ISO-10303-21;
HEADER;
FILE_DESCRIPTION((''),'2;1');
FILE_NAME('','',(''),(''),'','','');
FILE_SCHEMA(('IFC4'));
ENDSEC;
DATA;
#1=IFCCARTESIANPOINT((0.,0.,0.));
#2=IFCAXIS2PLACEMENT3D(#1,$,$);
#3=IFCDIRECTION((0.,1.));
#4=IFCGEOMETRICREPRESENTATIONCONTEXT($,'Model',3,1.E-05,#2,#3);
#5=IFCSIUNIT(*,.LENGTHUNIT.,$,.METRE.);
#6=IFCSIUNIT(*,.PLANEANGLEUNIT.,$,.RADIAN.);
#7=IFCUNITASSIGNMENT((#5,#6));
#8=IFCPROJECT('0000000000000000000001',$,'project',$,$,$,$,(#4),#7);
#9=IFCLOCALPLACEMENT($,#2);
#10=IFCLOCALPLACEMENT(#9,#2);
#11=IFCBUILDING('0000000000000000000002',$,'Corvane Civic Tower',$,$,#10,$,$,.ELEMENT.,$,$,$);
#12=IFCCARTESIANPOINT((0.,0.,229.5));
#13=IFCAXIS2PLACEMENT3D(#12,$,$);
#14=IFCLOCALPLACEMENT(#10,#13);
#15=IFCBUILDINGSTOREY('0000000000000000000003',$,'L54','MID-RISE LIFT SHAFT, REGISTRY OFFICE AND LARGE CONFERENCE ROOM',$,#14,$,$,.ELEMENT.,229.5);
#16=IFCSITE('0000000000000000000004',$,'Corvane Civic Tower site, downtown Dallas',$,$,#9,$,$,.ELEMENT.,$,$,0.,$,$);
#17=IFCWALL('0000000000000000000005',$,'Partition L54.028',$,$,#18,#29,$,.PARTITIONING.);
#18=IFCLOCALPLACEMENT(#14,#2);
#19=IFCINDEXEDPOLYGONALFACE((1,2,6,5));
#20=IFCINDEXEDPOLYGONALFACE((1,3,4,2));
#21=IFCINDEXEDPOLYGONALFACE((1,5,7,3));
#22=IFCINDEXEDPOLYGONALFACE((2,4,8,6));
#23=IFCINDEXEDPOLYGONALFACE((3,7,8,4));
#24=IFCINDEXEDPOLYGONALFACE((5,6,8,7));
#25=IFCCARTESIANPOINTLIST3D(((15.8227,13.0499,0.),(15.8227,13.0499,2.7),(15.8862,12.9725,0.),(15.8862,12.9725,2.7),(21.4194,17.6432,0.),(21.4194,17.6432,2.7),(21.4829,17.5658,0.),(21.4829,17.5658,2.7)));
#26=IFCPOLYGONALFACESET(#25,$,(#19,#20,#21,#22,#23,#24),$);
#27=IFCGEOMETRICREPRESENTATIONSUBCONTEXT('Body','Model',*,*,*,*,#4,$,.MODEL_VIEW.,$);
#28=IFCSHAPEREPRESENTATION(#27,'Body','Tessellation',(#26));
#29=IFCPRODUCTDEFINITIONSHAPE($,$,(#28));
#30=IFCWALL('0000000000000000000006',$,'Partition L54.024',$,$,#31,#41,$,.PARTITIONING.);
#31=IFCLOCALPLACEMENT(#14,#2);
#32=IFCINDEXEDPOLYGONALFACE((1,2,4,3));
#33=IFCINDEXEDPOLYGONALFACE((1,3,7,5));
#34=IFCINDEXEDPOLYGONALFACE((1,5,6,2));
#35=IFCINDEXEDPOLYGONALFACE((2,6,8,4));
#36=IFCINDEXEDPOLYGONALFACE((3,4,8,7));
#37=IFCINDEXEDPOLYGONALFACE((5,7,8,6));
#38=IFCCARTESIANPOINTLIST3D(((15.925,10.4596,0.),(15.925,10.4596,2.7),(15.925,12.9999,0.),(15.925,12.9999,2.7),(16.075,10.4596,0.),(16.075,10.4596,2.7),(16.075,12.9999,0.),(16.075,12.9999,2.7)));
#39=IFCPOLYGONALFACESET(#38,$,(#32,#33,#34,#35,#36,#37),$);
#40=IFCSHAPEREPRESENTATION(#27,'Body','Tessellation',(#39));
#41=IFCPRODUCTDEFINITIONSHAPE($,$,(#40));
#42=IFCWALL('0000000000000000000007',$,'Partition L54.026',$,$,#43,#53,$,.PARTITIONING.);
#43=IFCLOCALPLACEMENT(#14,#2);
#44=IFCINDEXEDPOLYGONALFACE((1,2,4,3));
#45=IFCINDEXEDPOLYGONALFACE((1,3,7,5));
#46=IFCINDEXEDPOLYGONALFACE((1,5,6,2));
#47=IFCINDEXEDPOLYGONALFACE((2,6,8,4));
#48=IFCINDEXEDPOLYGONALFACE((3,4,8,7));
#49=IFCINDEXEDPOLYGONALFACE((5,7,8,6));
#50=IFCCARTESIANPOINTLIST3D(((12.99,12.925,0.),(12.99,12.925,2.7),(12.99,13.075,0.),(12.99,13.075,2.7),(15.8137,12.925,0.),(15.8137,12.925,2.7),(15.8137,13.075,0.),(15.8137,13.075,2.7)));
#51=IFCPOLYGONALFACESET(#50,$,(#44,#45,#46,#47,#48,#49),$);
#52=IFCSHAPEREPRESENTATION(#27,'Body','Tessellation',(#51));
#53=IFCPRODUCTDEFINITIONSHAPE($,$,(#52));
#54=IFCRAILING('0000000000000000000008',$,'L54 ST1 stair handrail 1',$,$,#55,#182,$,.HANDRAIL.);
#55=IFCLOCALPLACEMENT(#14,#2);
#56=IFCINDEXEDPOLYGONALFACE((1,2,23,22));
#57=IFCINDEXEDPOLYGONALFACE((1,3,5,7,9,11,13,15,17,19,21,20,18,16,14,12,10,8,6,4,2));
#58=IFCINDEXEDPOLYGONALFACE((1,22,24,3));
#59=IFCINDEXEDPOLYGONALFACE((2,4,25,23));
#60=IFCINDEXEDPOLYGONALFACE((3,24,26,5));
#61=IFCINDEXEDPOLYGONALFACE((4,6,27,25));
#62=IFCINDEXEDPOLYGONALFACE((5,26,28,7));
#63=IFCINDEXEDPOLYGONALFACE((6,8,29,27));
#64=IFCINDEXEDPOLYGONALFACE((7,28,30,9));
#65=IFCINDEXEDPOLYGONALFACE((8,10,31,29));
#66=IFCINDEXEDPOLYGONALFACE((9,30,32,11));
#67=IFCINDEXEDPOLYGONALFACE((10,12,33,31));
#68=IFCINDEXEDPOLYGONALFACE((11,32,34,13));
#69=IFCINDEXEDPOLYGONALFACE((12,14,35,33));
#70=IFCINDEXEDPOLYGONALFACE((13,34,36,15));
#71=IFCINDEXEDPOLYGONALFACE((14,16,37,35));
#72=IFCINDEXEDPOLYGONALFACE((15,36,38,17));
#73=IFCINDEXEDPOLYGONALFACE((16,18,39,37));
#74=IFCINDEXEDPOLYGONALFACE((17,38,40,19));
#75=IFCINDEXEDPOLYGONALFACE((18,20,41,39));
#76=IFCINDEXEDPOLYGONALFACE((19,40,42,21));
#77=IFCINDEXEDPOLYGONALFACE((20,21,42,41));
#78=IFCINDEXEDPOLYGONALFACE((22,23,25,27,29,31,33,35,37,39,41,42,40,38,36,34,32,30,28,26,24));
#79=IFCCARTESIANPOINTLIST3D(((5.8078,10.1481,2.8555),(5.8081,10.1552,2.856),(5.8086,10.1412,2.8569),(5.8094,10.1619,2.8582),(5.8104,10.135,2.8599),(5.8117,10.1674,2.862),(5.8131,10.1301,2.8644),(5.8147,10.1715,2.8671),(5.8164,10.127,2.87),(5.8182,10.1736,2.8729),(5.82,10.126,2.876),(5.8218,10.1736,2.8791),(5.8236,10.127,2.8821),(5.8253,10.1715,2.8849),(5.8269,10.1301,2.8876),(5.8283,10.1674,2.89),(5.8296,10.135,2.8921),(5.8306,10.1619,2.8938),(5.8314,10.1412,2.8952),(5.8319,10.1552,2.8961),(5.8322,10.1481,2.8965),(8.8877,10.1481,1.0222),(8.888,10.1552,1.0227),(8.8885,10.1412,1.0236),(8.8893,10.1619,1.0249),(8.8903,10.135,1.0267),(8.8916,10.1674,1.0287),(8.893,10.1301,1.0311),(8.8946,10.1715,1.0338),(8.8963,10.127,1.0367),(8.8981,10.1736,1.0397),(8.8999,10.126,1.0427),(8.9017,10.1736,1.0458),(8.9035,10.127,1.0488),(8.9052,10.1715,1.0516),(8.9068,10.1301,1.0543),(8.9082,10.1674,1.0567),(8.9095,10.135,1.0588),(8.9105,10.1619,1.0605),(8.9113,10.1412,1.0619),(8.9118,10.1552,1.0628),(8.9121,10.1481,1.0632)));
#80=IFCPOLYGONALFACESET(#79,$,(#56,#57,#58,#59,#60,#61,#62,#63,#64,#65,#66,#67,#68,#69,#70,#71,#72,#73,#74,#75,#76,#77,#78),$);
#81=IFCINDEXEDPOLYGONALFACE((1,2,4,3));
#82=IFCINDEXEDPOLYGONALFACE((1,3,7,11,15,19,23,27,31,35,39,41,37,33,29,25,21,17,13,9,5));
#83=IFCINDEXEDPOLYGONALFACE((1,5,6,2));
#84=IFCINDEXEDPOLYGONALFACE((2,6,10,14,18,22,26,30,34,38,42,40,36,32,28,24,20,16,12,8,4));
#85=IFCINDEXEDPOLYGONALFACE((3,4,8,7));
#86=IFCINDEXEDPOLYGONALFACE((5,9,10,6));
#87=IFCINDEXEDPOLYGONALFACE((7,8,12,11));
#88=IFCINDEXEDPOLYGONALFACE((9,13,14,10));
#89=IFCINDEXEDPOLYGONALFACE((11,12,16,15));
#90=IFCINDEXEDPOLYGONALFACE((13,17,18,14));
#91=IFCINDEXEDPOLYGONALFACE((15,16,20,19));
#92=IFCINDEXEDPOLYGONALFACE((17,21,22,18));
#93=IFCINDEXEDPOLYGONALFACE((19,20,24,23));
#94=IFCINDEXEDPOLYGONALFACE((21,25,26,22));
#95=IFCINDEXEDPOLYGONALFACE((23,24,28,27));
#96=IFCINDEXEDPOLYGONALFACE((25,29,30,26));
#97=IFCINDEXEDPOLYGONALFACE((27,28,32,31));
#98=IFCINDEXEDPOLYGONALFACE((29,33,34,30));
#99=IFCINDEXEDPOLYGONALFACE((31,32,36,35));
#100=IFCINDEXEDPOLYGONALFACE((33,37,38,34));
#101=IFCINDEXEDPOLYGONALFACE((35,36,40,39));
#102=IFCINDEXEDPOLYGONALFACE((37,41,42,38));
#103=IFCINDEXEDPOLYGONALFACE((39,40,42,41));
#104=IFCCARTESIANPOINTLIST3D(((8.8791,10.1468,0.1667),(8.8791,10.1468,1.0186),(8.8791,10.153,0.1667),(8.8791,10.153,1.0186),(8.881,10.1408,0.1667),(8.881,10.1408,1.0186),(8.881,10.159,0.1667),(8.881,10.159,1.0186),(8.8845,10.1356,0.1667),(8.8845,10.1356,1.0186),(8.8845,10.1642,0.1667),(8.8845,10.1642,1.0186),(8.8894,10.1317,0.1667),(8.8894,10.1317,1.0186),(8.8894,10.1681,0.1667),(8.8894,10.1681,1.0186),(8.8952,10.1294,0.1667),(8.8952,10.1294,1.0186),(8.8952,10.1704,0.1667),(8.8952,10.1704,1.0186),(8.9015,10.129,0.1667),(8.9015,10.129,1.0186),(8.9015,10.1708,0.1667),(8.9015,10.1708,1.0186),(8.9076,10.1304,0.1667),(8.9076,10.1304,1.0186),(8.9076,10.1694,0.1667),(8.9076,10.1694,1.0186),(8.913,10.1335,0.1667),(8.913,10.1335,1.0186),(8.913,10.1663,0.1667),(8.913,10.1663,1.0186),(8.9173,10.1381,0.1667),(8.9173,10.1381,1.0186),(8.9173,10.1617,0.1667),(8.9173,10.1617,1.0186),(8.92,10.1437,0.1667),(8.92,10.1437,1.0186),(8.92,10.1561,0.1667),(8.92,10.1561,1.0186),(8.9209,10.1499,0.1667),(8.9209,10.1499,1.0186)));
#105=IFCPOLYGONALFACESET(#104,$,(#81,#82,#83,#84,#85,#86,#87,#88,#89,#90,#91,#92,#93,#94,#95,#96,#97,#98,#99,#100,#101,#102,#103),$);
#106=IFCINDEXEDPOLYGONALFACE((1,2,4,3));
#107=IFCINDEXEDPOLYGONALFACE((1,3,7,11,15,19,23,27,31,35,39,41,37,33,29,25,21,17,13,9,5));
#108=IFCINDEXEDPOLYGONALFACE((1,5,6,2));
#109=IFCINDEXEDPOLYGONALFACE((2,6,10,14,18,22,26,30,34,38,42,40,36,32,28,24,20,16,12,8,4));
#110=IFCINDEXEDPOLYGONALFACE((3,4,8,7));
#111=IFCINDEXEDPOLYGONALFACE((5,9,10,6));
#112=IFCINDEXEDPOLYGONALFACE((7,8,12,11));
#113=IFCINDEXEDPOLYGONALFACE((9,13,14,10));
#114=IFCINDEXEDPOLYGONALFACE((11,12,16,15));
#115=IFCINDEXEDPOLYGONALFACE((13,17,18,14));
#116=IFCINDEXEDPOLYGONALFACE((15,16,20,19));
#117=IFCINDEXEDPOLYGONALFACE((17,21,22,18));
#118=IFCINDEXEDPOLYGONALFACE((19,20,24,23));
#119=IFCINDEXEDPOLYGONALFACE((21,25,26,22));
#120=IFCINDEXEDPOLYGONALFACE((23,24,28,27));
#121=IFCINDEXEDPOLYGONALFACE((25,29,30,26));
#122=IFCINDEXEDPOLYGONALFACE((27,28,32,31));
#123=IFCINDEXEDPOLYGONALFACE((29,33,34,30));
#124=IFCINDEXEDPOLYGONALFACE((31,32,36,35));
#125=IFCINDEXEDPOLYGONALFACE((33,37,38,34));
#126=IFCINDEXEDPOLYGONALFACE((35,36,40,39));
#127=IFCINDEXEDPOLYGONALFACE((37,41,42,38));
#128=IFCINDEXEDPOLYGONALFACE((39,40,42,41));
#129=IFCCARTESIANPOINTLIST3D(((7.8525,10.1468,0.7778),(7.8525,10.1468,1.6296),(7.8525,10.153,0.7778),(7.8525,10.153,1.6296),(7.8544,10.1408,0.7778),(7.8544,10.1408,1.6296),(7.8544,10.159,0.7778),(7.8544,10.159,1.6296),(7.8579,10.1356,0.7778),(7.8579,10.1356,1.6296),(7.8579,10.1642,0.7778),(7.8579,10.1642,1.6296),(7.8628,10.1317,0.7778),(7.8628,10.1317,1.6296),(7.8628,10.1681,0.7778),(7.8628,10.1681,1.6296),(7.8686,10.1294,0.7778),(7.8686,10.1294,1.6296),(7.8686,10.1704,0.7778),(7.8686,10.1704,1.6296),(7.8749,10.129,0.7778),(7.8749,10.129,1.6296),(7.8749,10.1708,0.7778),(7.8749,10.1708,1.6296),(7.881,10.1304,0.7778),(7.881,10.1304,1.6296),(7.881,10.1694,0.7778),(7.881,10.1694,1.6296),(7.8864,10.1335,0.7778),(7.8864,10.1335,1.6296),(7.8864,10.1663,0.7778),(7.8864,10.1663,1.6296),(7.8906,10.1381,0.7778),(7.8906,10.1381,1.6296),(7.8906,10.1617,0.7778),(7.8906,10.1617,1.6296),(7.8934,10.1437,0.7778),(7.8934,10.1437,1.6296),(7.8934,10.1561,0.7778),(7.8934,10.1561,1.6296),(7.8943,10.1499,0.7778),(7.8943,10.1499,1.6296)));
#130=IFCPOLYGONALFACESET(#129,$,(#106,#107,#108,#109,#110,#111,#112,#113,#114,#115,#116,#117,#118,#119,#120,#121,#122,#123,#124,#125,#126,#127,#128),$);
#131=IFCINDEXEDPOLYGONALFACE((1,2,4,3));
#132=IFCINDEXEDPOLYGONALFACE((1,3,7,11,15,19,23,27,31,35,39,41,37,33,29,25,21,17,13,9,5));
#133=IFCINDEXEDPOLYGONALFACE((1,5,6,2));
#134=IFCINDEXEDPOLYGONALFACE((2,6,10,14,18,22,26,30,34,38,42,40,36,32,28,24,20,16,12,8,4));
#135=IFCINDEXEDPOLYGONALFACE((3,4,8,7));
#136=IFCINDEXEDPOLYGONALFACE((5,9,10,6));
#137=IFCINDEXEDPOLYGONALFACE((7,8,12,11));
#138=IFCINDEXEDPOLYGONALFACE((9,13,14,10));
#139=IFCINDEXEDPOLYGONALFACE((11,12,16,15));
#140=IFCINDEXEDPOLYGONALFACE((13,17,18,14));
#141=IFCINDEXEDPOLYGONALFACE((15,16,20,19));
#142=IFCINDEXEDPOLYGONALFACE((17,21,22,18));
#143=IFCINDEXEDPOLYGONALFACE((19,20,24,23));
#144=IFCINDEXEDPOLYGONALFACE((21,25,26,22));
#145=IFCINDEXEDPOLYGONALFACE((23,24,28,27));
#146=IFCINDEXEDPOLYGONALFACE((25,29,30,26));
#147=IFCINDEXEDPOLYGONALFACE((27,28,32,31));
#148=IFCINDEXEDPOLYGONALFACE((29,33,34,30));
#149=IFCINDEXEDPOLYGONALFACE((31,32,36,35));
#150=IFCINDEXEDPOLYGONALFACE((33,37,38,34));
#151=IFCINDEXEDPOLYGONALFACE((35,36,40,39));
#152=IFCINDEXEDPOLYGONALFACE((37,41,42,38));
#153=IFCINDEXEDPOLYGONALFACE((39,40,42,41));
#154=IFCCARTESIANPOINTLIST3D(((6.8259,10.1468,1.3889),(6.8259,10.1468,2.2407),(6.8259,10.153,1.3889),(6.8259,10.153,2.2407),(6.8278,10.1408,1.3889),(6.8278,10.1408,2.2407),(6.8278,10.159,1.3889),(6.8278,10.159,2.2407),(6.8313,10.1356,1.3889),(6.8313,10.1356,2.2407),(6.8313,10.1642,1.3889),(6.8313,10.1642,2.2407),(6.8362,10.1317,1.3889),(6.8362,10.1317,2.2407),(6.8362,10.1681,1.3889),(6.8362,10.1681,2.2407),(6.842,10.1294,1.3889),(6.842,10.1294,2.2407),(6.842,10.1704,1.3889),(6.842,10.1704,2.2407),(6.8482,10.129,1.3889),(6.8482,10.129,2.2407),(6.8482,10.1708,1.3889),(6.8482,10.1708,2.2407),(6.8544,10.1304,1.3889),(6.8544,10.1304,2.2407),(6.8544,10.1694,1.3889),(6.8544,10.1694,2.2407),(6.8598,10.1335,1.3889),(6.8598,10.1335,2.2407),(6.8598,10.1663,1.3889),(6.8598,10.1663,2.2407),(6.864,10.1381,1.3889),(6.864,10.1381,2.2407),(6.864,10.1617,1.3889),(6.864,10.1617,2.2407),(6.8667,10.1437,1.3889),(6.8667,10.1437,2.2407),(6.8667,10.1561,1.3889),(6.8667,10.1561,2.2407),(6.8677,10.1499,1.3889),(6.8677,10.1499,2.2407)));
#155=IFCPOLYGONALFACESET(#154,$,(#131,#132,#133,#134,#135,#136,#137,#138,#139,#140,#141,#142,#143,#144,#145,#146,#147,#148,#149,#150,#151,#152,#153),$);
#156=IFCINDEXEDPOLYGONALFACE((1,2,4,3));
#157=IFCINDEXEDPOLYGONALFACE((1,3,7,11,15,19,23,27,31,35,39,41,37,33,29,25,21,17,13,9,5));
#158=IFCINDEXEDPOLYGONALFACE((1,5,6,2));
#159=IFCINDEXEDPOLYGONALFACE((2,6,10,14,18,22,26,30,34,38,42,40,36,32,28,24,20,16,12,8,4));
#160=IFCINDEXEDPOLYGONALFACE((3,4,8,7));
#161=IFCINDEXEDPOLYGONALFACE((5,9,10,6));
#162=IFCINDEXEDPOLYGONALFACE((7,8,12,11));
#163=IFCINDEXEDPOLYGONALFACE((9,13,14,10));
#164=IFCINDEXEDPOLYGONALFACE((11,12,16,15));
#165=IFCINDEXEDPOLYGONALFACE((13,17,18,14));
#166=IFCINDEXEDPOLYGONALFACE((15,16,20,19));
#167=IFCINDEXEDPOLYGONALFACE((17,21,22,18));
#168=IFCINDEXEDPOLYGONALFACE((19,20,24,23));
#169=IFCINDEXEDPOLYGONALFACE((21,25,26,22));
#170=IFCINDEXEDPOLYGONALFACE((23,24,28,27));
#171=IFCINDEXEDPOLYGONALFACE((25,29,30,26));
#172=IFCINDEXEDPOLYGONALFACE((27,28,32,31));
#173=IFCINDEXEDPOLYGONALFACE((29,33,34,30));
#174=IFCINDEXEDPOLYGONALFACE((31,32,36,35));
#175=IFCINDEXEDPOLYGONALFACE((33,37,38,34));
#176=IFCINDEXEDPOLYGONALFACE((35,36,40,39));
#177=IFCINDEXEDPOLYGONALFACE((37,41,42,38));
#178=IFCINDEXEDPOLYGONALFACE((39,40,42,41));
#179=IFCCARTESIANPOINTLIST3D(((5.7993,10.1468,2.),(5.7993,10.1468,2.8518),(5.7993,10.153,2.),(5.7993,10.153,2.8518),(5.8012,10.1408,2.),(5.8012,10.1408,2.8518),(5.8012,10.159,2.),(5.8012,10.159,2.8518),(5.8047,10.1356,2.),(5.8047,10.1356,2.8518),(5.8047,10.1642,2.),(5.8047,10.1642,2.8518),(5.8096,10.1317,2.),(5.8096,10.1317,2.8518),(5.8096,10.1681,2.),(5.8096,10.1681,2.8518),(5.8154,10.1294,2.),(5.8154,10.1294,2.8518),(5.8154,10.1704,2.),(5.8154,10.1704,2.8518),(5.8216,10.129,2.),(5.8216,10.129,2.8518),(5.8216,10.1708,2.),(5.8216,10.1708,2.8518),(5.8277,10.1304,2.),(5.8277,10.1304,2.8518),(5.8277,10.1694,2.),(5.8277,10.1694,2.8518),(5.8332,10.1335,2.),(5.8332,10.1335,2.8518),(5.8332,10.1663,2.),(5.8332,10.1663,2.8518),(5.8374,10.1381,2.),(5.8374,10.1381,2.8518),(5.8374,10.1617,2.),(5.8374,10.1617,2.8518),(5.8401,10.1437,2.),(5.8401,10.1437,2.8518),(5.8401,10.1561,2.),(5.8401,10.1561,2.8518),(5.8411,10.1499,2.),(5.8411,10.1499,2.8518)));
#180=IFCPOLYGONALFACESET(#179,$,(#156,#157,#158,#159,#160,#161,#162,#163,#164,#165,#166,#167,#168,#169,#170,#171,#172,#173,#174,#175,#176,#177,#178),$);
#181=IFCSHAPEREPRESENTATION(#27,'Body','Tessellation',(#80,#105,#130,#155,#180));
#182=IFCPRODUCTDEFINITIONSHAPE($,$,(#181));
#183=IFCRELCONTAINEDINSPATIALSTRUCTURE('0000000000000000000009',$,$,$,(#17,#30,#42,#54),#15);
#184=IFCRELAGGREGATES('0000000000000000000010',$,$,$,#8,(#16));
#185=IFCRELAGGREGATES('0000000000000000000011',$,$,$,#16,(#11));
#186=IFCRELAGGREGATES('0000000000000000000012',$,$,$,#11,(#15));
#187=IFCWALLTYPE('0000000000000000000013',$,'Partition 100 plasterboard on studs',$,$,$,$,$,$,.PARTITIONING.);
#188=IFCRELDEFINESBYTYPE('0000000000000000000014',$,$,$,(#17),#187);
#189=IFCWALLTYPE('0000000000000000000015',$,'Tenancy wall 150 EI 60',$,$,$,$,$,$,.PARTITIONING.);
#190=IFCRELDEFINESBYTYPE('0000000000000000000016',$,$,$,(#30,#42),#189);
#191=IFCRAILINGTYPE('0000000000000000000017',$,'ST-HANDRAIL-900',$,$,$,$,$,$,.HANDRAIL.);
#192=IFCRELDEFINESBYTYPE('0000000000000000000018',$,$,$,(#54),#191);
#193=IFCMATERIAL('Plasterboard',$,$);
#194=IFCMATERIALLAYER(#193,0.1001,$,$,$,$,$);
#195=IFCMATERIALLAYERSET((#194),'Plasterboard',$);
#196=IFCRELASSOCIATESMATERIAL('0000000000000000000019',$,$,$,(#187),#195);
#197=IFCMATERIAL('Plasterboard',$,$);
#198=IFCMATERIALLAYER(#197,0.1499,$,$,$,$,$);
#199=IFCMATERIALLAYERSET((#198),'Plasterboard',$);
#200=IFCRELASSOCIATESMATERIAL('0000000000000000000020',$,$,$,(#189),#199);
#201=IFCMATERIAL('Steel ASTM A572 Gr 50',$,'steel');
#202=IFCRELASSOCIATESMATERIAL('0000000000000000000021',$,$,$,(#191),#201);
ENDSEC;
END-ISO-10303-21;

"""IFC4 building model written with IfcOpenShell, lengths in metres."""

from ifc_helpers import new_model, si_unit, direction, frame, frame_2d, origin, origin_2d, place, context, subcontext, project, spatial, rectangle, circle, extrude, material, layer, layer_set, type_object, element, save


model = new_model("IFC4")

# Units and contexts
model_context = context("Model", 3, precision=1e-05, world=origin(), true_north=direction((0.0, 1.0)))
body_context = subcontext(model_context, "Body", "Model", "MODEL_VIEW")
ifc_project = project(units=[si_unit("LENGTHUNIT", "METRE"), si_unit("PLANEANGLEUNIT", "RADIAN")], contexts=[model_context])

# Site, building, storey
site_placement = place(None, origin())
site = spatial("IfcSite", under=ifc_project, at=site_placement, Name="Corvane Civic Tower site, downtown Dallas", CompositionType="ELEMENT", RefElevation=0.0)
building_placement = place(site_placement, origin())
building = spatial("IfcBuilding", under=site, at=building_placement, Name="Corvane Civic Tower", CompositionType="ELEMENT")
storey_placement = place(building_placement, frame((0.0, 0.0, 229.5)))
storey = spatial("IfcBuildingStorey", under=building, at=storey_placement, Name="L54", Description="MID-RISE LIFT SHAFT, REGISTRY OFFICE AND LARGE CONFERENCE ROOM", CompositionType="ELEMENT", Elevation=229.5)

# Shared definitions
ifc_material_1 = material(Name="Plasterboard")
ifc_layer_1 = layer(ifc_material_1, 0.1001)
ifc_layer_set_1 = layer_set([ifc_layer_1], Name="Plasterboard")
wall_type_1 = type_object("IfcWallType", Name="Partition 100 plasterboard on studs", PredefinedType="PARTITIONING", material=ifc_layer_set_1)

# Walls
wall_1_placement = place(storey_placement, frame((15.8545, 13.0112, 0.0), z_axis=(0.0, 0.0, 1.0), x_axis=(0.772998, 0.634409, 0.0)))
element("IfcWall", 1, at=wall_1_placement, inside=storey, type_object=wall_type_1, Name="Partition L54.028", PredefinedType="PARTITIONING", context=body_context, shape_type="SweptSolid", body=[
    extrude(rectangle(XDim=7.2402, YDim=0.1001, at=frame_2d((3.6201, 0.0))), origin(), (0.0, 0.0, 1.0), 2.7),
])
ifc_material_2 = material(Name="Plasterboard")
ifc_layer_2 = layer(ifc_material_2, 0.1499)
ifc_layer_set_2 = layer_set([ifc_layer_2], Name="Plasterboard")
wall_type_2 = type_object("IfcWallType", Name="Tenancy wall 150 EI 60", PredefinedType="PARTITIONING", material=ifc_layer_set_2)
wall_2_placement = place(storey_placement, frame((16.0, 10.4597, 0.0), z_axis=(0.0, 0.0, 1.0), x_axis=(0.0, 1.0, 0.0)))
element("IfcWall", 2, at=wall_2_placement, inside=storey, type_object=wall_type_2, Name="Partition L54.024", PredefinedType="PARTITIONING", context=body_context, shape_type="SweptSolid", body=[
    extrude(rectangle(XDim=2.5403, YDim=0.1499, at=frame_2d((1.27, 0.0))), origin(), (0.0, 0.0, 1.0), 2.7),
])
wall_3_placement = place(storey_placement, frame((12.99, 13.0, 0.0), z_axis=(0.0, 0.0, 1.0), x_axis=(1.0, 0.0, 0.0)))
element("IfcWall", 3, at=wall_3_placement, inside=storey, type_object=wall_type_2, Name="Partition L54.026", PredefinedType="PARTITIONING", context=body_context, shape_type="SweptSolid", body=[
    extrude(rectangle(XDim=2.8237, YDim=0.1499, at=frame_2d((1.4119, 0.0))), origin(), (0.0, 0.0, 1.0), 2.7),
])

# Railing
ifc_material_3 = material(Name="Steel ASTM A572 Gr 50", Category="steel")
railing_type = type_object("IfcRailingType", Name="ST-HANDRAIL-900", PredefinedType="HANDRAIL", material=ifc_material_3)
railing_placement = place(storey_placement, frame((8.8999, 10.1499, 0.1667)))
element("IfcRailing", 4, at=railing_placement, inside=storey, type_object=railing_type, Name="L54 ST1 stair handrail 1", PredefinedType="HANDRAIL", context=body_context, shape_type="SweptSolid", body=[
    extrude(circle(Radius=0.0239, at=origin_2d()), frame((0.0, 0.0, 0.876), z_axis=(-0.859291, 0.0, 0.511487), x_axis=(0.0, -1.0, 0.0)), (0.0, 0.0, 1.0), 3.5842),
    extrude(circle(Radius=0.021, at=origin_2d()), origin(), (0.0, 0.0, 1.0), 0.8518),
    extrude(circle(Radius=0.021, at=origin_2d()), frame((-1.0266, 0.0, 0.6111)), (0.0, 0.0, 1.0), 0.8518),
    extrude(circle(Radius=0.021, at=origin_2d()), frame((-2.0532, 0.0, 1.2222)), (0.0, 0.0, 1.0), 0.8518),
    extrude(circle(Radius=0.021, at=origin_2d()), frame((-3.0798, 0.0, 1.8333)), (0.0, 0.0, 1.0), 0.8518),
])

save(model, "model.ifc")
